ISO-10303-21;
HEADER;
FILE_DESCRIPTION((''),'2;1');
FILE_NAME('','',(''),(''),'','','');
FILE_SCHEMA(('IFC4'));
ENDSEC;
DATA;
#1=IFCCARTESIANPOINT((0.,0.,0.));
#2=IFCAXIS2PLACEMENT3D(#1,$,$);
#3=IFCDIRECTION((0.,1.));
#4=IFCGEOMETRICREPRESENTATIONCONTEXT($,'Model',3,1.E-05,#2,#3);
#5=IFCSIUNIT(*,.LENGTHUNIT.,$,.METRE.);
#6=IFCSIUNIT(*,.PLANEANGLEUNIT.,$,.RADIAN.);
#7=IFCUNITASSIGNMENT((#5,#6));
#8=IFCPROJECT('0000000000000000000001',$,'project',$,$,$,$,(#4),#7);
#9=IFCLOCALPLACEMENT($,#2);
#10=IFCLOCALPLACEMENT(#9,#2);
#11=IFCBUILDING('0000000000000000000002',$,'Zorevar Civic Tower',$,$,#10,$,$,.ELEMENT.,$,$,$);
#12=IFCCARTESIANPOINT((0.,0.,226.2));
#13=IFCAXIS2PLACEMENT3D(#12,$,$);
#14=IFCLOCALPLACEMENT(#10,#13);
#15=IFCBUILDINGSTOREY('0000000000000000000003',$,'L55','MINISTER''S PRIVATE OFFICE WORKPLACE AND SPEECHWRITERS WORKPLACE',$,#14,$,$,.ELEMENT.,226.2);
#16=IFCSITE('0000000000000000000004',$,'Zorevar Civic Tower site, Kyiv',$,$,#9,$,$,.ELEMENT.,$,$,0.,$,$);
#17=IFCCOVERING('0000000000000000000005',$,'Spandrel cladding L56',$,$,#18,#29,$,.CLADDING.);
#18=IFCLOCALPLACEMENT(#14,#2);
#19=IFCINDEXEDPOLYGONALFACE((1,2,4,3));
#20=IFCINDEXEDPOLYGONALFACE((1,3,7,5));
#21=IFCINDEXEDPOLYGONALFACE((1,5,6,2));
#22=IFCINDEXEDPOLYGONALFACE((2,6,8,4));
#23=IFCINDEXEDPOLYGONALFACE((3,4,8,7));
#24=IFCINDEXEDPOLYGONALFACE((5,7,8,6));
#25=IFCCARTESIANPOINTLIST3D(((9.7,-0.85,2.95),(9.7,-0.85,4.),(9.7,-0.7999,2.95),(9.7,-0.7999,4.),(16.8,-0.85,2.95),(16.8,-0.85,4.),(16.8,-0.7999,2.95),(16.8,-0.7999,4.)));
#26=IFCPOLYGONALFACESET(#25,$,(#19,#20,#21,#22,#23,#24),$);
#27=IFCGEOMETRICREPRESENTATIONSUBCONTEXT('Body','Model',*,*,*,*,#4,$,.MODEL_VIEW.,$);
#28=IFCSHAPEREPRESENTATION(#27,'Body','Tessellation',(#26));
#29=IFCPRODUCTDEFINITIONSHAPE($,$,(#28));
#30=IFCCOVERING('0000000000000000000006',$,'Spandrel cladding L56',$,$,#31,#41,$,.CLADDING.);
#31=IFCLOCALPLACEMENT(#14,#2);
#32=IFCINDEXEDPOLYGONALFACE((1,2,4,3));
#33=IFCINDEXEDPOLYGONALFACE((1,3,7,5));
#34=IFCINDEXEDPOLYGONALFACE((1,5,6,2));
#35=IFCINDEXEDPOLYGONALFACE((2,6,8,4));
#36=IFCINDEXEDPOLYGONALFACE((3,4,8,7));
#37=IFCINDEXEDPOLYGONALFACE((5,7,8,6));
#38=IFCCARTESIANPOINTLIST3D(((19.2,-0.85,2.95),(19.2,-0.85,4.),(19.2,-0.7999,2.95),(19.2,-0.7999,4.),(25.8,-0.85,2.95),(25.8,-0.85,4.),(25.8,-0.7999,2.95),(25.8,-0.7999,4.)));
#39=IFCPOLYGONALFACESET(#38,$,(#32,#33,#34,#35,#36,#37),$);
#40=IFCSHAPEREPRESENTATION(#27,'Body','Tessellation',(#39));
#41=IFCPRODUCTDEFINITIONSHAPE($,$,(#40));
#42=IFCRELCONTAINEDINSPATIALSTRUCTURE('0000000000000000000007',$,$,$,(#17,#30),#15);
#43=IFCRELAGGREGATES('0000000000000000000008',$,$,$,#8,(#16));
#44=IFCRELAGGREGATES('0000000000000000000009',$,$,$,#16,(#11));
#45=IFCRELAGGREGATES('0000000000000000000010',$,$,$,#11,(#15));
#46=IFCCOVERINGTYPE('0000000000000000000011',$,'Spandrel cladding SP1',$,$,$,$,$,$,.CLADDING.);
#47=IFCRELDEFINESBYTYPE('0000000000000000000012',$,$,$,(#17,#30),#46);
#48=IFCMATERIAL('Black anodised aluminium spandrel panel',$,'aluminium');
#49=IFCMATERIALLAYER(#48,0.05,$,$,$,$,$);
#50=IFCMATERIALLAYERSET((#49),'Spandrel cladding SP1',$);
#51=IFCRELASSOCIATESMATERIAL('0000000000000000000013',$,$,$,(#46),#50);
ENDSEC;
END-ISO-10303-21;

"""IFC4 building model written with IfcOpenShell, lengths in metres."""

from ifc_helpers import new_model, si_unit, direction, frame, frame_2d, origin, place, context, subcontext, project, spatial, rectangle, extrude, material, layer, layer_set, type_object, element, save


model = new_model("IFC4")

# Units and contexts
model_context = context("Model", 3, precision=1e-05, world=origin(), true_north=direction((0.0, 1.0)))
body_context = subcontext(model_context, "Body", "Model", "MODEL_VIEW")
ifc_project = project(units=[si_unit("LENGTHUNIT", "METRE"), si_unit("PLANEANGLEUNIT", "RADIAN")], contexts=[model_context])

# Site, building, storey
site_placement = place(None, origin())
site = spatial("IfcSite", under=ifc_project, at=site_placement, Name="Zorevar Civic Tower site, Kyiv", CompositionType="ELEMENT", RefElevation=0.0)
building_placement = place(site_placement, origin())
building = spatial("IfcBuilding", under=site, at=building_placement, Name="Zorevar Civic Tower", CompositionType="ELEMENT")
storey_placement = place(building_placement, frame((0.0, 0.0, 226.2)))
storey = spatial("IfcBuildingStorey", under=building, at=storey_placement, Name="L55", Description="MINISTER'S PRIVATE OFFICE WORKPLACE AND SPEECHWRITERS WORKPLACE", CompositionType="ELEMENT", Elevation=226.2)

# Coverings
ifc_material_1 = material(Name="Black anodised aluminium spandrel panel", Category="aluminium")
ifc_layer_1 = layer(ifc_material_1, 0.05)
ifc_layer_set_1 = layer_set([ifc_layer_1], Name="Spandrel cladding SP1")
covering_type = type_object("IfcCoveringType", Name="Spandrel cladding SP1", PredefinedType="CLADDING", material=ifc_layer_set_1)
covering_1_placement = place(storey_placement, frame((9.7, -0.825, 2.95), z_axis=(0.0, 0.0, 1.0), x_axis=(1.0, 0.0, 0.0)))
element("IfcCovering", 1, at=covering_1_placement, inside=storey, type_object=covering_type, Name="Spandrel cladding L56", PredefinedType="CLADDING", context=body_context, shape_type="SweptSolid", body=[
    extrude(rectangle(XDim=7.1001, YDim=0.05, at=frame_2d((3.55, 0.0))), origin(), (0.0, 0.0, 1.0), 1.05),
])
covering_2_placement = place(storey_placement, frame((19.2, -0.825, 2.95), z_axis=(0.0, 0.0, 1.0), x_axis=(1.0, 0.0, 0.0)))
element("IfcCovering", 2, at=covering_2_placement, inside=storey, type_object=covering_type, Name="Spandrel cladding L56", PredefinedType="CLADDING", context=body_context, shape_type="SweptSolid", body=[
    extrude(rectangle(XDim=6.6001, YDim=0.05, at=frame_2d((3.3, 0.0))), origin(), (0.0, 0.0, 1.0), 1.05),
])

save(model, "model.ifc")
